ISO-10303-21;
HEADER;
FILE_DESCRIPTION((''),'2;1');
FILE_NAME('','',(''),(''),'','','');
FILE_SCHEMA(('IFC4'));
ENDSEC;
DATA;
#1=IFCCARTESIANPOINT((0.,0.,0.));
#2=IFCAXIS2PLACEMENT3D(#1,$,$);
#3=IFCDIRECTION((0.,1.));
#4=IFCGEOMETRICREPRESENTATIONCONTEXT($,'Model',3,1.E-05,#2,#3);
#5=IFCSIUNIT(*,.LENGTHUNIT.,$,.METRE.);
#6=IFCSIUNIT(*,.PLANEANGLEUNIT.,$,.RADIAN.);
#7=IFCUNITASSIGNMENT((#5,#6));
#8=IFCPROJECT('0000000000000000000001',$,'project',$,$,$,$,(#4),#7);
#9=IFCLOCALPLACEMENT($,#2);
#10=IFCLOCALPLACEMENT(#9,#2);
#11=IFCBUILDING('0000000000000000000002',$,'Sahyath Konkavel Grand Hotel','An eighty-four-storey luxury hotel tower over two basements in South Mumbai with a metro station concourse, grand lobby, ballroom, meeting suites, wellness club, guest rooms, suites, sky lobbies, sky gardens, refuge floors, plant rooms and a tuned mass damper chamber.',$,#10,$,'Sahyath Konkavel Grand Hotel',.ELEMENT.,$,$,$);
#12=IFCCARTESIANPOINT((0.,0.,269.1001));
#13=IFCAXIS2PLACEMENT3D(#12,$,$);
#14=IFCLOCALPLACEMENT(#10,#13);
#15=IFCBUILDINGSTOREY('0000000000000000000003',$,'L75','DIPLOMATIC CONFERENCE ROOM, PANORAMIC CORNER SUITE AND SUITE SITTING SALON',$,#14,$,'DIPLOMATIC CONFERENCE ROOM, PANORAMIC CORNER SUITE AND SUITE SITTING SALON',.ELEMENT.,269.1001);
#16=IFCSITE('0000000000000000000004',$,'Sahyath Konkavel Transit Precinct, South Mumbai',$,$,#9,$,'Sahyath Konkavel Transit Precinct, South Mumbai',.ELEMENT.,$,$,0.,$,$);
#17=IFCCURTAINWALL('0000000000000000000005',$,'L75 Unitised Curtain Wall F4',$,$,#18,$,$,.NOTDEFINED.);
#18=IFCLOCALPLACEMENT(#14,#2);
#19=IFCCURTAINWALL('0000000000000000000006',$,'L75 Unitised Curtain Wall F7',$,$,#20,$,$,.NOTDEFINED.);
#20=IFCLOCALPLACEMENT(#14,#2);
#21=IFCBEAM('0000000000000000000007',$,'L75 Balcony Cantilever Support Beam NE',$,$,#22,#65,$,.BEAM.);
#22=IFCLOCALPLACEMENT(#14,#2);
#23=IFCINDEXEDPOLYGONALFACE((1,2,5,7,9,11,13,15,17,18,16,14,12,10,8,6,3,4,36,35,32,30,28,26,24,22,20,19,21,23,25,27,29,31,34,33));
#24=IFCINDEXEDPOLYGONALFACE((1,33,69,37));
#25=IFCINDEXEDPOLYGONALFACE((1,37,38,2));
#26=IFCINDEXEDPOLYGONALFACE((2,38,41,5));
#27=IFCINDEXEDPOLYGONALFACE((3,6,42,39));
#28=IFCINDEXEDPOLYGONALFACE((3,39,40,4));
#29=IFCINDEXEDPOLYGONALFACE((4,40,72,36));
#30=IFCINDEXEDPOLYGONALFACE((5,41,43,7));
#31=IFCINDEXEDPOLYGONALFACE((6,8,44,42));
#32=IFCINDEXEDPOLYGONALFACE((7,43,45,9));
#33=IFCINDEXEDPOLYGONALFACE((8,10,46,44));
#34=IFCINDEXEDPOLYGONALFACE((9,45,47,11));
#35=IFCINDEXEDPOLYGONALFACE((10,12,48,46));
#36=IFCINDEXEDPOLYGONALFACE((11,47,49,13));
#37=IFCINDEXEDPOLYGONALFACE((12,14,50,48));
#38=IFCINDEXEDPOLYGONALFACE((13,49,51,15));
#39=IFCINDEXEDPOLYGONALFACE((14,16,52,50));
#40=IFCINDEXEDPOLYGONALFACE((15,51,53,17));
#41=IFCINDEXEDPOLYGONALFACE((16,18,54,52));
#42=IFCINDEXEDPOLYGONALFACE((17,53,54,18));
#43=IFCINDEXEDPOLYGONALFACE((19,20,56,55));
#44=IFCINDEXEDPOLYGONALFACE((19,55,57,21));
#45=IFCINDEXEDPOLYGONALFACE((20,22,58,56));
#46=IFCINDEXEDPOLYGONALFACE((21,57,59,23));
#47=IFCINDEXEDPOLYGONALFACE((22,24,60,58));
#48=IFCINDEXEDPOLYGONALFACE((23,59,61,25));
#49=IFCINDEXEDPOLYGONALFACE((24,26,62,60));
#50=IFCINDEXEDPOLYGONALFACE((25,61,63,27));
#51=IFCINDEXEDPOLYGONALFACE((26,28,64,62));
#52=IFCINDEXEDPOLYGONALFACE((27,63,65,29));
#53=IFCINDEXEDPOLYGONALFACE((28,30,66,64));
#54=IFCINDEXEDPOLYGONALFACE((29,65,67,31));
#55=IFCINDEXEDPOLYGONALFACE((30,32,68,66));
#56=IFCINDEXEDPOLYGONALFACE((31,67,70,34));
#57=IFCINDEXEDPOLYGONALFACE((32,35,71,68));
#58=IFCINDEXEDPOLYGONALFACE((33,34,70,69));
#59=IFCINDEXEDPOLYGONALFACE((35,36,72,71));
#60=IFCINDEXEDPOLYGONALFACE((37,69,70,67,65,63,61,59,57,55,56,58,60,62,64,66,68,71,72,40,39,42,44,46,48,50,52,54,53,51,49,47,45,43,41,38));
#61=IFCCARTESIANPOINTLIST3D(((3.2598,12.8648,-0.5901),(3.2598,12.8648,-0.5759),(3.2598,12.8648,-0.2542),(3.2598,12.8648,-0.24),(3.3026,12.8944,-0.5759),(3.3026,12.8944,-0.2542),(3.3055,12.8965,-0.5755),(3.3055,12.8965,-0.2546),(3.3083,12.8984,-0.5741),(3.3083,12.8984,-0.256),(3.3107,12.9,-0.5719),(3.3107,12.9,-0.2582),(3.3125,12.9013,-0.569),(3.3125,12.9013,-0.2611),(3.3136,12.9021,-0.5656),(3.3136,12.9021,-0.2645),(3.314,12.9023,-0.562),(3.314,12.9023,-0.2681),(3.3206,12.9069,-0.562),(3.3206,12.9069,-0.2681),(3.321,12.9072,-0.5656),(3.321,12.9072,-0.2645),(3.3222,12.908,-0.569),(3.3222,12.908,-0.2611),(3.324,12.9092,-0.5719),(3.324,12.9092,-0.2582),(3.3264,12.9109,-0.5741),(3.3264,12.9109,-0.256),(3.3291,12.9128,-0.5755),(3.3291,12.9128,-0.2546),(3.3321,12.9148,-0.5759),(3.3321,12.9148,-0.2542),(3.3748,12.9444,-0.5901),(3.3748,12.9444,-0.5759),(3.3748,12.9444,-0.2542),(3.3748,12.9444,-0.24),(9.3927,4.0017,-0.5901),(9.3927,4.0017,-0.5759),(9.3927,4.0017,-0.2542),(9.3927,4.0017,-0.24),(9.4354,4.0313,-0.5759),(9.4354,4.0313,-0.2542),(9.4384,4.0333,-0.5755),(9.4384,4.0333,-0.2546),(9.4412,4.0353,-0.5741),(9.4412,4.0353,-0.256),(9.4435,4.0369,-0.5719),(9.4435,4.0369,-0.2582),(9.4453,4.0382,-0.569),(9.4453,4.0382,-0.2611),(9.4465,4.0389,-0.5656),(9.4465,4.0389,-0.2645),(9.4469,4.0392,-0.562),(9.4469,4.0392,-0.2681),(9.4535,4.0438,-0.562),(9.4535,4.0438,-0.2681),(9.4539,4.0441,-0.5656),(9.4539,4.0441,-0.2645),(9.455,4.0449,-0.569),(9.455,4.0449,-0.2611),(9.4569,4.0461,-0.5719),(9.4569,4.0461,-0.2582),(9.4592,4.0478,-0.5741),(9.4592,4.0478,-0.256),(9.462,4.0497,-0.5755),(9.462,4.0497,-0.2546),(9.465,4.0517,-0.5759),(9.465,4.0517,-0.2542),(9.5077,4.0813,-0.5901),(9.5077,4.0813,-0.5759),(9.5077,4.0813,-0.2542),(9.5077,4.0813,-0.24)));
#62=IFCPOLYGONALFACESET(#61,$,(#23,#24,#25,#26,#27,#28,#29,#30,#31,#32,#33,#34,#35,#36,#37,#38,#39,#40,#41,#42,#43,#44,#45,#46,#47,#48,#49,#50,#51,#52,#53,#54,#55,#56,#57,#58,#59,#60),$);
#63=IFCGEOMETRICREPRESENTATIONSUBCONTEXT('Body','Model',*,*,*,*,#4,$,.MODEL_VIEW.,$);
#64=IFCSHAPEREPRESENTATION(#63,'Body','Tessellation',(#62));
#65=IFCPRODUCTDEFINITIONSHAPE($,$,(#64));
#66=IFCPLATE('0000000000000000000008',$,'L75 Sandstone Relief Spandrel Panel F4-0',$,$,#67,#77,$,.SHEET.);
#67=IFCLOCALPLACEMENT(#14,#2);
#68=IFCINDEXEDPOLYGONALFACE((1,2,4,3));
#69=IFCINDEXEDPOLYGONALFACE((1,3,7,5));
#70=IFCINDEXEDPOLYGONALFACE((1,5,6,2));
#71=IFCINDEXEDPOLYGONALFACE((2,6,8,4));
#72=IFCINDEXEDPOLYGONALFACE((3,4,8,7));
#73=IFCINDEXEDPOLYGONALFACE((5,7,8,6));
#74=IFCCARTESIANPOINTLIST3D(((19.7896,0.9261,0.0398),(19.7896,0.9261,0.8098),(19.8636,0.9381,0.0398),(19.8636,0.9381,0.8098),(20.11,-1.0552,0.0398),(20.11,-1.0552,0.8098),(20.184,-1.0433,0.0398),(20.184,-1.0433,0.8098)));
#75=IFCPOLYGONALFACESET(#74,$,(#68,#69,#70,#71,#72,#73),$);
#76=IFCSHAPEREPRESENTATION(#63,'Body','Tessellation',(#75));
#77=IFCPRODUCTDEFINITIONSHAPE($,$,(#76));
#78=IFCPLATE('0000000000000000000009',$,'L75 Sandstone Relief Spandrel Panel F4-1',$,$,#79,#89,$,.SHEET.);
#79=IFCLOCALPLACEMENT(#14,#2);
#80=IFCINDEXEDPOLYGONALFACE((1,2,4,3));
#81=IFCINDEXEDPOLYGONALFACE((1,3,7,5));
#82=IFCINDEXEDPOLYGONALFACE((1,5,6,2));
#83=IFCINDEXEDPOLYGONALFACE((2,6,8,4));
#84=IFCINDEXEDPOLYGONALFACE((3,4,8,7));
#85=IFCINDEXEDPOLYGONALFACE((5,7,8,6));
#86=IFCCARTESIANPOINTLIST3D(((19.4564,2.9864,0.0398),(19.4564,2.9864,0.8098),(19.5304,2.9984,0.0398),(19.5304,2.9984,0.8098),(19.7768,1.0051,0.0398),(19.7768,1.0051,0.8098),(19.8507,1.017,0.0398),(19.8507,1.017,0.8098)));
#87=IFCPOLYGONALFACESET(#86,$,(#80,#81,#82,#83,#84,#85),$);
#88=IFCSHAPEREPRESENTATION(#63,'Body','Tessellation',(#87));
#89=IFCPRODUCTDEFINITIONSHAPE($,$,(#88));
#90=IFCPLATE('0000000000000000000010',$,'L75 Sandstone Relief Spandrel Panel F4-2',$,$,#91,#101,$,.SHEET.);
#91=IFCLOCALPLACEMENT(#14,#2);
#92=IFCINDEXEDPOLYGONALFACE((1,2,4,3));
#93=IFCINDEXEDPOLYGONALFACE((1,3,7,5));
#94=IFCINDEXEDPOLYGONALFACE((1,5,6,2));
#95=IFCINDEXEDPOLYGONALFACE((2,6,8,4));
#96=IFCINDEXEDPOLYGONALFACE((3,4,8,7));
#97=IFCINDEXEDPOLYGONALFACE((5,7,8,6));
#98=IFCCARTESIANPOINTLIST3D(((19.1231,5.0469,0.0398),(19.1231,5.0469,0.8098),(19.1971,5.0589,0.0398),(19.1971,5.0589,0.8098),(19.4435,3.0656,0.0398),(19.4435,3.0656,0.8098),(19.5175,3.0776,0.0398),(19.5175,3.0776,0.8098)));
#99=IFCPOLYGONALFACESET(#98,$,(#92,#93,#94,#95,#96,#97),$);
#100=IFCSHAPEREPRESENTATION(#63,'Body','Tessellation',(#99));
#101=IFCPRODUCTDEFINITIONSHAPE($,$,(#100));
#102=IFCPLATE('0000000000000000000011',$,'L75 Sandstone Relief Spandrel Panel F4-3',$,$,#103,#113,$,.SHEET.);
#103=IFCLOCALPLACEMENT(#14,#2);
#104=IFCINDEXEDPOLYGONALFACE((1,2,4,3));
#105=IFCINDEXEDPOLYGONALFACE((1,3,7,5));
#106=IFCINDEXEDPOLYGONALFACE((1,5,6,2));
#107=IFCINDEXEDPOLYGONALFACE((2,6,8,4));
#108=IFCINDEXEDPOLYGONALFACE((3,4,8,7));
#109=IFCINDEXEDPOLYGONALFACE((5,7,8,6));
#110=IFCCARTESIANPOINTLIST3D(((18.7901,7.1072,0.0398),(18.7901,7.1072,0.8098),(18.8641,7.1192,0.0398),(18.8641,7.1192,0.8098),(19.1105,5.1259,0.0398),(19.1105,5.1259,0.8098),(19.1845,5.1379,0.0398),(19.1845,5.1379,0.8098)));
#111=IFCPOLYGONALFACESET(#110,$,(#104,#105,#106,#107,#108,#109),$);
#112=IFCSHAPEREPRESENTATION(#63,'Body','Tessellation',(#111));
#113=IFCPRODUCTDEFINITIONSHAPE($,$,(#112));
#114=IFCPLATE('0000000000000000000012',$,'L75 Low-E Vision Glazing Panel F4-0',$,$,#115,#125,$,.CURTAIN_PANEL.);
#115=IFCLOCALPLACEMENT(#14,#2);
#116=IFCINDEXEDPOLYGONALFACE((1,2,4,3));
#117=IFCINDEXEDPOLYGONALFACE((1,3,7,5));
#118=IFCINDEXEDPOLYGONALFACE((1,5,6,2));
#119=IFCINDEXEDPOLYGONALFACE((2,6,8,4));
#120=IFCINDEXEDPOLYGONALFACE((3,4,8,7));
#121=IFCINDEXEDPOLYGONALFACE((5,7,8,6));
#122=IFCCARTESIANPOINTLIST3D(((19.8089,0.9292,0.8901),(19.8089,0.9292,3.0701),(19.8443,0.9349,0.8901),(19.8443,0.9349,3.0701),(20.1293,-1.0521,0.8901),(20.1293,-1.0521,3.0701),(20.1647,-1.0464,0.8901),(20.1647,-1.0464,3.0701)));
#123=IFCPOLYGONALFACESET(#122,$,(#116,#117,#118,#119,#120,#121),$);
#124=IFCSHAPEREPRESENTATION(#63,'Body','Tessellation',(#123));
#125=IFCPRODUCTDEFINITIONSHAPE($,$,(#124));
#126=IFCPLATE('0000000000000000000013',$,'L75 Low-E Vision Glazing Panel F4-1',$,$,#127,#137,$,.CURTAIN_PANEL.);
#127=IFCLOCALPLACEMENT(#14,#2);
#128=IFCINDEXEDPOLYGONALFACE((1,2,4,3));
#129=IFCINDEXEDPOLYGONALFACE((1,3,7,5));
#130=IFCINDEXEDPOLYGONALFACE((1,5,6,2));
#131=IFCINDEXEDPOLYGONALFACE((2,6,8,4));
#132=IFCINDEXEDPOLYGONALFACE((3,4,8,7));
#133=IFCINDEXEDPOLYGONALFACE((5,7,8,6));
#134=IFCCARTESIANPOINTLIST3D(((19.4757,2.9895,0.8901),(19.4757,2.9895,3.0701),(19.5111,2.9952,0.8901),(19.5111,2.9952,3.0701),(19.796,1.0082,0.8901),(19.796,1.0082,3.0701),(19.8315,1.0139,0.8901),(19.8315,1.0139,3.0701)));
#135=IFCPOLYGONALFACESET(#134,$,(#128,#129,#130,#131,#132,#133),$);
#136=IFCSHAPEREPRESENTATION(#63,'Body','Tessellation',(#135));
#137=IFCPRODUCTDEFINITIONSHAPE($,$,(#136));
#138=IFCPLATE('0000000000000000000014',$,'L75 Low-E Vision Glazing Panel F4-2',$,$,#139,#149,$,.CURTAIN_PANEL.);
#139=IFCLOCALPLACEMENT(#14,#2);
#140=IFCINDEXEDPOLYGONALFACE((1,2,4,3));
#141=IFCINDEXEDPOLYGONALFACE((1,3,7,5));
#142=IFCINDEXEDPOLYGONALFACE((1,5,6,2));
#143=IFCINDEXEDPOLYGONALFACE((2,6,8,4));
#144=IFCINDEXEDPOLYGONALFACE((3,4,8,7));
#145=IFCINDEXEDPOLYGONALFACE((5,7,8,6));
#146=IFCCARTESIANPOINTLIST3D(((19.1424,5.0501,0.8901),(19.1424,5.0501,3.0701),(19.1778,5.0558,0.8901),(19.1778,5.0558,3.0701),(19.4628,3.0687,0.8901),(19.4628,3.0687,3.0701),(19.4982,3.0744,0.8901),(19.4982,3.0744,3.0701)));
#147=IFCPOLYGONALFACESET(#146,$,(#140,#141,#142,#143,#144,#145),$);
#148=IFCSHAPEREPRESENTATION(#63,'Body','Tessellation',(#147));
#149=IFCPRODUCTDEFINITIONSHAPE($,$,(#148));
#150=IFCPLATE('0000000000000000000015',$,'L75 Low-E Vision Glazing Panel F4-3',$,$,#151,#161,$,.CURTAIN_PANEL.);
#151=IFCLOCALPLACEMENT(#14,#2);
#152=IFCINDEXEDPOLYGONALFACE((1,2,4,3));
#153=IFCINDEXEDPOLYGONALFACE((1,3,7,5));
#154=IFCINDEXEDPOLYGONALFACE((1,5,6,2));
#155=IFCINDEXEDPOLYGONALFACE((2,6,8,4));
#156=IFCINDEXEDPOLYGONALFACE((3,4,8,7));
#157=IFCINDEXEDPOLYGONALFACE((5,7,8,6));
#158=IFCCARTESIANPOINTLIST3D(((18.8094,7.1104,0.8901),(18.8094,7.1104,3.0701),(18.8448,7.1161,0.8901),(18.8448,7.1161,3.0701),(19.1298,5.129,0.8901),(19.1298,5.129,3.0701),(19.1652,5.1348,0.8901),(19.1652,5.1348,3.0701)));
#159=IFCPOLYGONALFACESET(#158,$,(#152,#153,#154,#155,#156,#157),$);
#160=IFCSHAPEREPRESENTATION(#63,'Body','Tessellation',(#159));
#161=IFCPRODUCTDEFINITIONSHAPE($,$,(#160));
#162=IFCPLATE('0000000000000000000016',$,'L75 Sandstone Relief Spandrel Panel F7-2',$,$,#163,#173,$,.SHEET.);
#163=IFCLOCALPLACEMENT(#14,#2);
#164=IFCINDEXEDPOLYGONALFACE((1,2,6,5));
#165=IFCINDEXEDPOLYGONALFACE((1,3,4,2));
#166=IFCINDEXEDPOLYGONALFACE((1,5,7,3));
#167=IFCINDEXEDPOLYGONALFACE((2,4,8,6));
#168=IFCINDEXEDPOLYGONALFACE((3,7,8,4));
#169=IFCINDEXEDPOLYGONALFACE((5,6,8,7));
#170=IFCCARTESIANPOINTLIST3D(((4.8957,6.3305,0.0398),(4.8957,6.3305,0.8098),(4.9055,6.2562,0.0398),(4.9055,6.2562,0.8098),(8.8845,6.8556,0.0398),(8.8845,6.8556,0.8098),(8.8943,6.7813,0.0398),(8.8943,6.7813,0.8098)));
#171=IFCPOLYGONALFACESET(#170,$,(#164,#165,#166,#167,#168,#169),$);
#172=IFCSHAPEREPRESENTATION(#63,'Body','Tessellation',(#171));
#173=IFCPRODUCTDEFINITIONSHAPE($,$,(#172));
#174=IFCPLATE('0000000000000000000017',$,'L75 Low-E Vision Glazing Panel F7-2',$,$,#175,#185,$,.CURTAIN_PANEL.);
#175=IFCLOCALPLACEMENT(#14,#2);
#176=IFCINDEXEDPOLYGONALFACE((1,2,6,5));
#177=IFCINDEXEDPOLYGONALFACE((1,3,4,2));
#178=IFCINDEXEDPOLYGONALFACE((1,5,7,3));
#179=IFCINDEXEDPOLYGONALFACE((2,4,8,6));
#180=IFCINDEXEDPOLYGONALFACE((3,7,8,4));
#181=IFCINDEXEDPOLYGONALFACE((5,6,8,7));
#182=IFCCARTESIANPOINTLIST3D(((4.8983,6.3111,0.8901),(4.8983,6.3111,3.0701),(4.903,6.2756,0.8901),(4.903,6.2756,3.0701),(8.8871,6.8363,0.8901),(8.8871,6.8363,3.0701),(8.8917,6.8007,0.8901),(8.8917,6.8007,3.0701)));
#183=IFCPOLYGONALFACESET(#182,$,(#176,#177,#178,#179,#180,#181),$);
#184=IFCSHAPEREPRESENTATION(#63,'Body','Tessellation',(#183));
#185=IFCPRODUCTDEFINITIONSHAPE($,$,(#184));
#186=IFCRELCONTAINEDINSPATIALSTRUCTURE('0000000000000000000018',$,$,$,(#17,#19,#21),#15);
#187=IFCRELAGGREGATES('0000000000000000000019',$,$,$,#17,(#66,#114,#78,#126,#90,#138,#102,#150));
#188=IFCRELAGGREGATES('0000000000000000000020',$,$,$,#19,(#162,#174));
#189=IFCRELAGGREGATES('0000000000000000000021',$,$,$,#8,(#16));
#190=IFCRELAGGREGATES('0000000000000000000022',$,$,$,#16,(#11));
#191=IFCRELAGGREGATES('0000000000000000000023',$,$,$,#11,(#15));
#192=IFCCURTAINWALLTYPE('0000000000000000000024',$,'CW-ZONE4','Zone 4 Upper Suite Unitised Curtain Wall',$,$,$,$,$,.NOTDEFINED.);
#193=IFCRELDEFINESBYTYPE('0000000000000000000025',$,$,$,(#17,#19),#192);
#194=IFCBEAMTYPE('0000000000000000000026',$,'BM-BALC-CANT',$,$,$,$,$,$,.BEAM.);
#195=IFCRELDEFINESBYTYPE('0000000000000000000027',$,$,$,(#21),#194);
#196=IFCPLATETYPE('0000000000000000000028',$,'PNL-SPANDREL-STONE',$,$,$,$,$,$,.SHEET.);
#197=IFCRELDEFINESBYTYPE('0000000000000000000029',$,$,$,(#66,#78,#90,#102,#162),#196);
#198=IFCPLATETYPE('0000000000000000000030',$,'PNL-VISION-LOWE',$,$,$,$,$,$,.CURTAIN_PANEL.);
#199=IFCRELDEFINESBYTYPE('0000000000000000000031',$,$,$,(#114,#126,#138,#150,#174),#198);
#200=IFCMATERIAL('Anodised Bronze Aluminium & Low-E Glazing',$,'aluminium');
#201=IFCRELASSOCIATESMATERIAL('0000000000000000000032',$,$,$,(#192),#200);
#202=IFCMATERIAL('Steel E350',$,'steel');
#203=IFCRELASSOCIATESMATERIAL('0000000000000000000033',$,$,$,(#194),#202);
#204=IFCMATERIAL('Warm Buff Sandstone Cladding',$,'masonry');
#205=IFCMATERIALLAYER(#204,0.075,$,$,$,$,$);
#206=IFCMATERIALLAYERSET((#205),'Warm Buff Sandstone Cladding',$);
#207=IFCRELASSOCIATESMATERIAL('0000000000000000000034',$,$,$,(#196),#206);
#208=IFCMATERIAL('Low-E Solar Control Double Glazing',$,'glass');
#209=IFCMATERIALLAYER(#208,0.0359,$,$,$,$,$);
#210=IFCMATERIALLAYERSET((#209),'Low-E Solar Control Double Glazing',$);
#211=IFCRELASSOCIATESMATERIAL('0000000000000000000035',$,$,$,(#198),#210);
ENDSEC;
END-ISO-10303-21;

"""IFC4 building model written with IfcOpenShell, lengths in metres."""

from ifc_helpers import new_model, si_unit, direction, frame, origin, origin_2d, place, context, subcontext, project, spatial, rectangle, i_section, extrude, source, transform, mapped, material, layer, layer_set, material_profile, profile_set, type_object, element, aggregate, save


model = new_model("IFC4")

# Units and contexts
model_context = context("Model", 3, precision=1e-05, world=origin(), true_north=direction((0.0, 1.0)))
body_context = subcontext(model_context, "Body", "Model", "MODEL_VIEW")
ifc_project = project(units=[si_unit("LENGTHUNIT", "METRE"), si_unit("PLANEANGLEUNIT", "RADIAN")], contexts=[model_context])

# Site, building, storey
site_placement = place(None, origin())
site = spatial("IfcSite", under=ifc_project, at=site_placement, Name="Sahyath Konkavel Transit Precinct, South Mumbai", LongName="Sahyath Konkavel Transit Precinct, South Mumbai", CompositionType="ELEMENT", RefElevation=0.0)
building_placement = place(site_placement, origin())
building = spatial("IfcBuilding", under=site, at=building_placement, Name="Sahyath Konkavel Grand Hotel", Description="An eighty-four-storey luxury hotel tower over two basements in South Mumbai with a metro station concourse, grand lobby, ballroom, meeting suites, wellness club, guest rooms, suites, sky lobbies, sky gardens, refuge floors, plant rooms and a tuned mass damper chamber.", LongName="Sahyath Konkavel Grand Hotel", CompositionType="ELEMENT")
storey_placement = place(building_placement, frame((0.0, 0.0, 269.1001)))
storey = spatial("IfcBuildingStorey", under=building, at=storey_placement, Name="L75", Description="DIPLOMATIC CONFERENCE ROOM, PANORAMIC CORNER SUITE AND SUITE SITTING SALON", LongName="DIPLOMATIC CONFERENCE ROOM, PANORAMIC CORNER SUITE AND SUITE SITTING SALON", CompositionType="ELEMENT", Elevation=269.1001)

# Curtain wall
ifc_material_1 = material(Name="Anodised Bronze Aluminium & Low-E Glazing", Category="aluminium")
curtain_wall_type = type_object("IfcCurtainWallType", Name="CW-ZONE4", Description="Zone 4 Upper Suite Unitised Curtain Wall", PredefinedType="NOTDEFINED", material=ifc_material_1)
curtain_wall_1_placement = place(storey_placement, origin())
curtain_wall_1 = element("IfcCurtainWall", 1, at=curtain_wall_1_placement, inside=storey, type_object=curtain_wall_type, Name="L75 Unitised Curtain Wall F4", PredefinedType="NOTDEFINED")

# Curtain wall
curtain_wall_2_placement = place(storey_placement, origin())
curtain_wall_2 = element("IfcCurtainWall", 2, at=curtain_wall_2_placement, inside=storey, type_object=curtain_wall_type, Name="L75 Unitised Curtain Wall F7", PredefinedType="NOTDEFINED")

# Beam
ifc_material_2 = material(Name="Steel E350", Category="steel")
ifc_material_profile_1 = material_profile(ifc_material_2, i_section(OverallWidth=0.1399, OverallDepth=0.3501, WebThickness=0.0081, FlangeThickness=0.0142, FilletRadius=0.0139, at=origin_2d()), Name="ISMB 350")
ifc_profile_set_1 = profile_set([ifc_material_profile_1], Name="Steel E350")
beam_type = type_object("IfcBeamType", Name="BM-BALC-CANT", PredefinedType="BEAM", material=ifc_profile_set_1)
shared_shape_1 = source(origin(), body_context, "Body", "SweptSolid", [
    extrude(i_section(OverallWidth=0.1399, OverallDepth=0.3501, WebThickness=0.0081, FlangeThickness=0.0142, FilletRadius=0.0139, at=origin_2d()), origin(), (0.0, 0.0, 1.0), 10.7781),
])
beam_placement = place(storey_placement, frame((9.4502, 4.0415, -0.415), z_axis=(-0.569013, 0.822328, 0.0), x_axis=(-0.822328, -0.569013, 0.0)))
element("IfcBeam", 3, at=beam_placement, inside=storey, type_object=beam_type, Name="L75 Balcony Cantilever Support Beam NE", PredefinedType="BEAM", context=body_context, shape_type="MappedRepresentation", body=[
    mapped(shared_shape_1, transform((0.0, 0.0, 0.0), scale=1.0)),
])

# Plates
ifc_material_3 = material(Name="Warm Buff Sandstone Cladding", Category="masonry")
ifc_layer_1 = layer(ifc_material_3, 0.075)
ifc_layer_set_1 = layer_set([ifc_layer_1], Name="Warm Buff Sandstone Cladding")
plate_type_1 = type_object("IfcPlateType", Name="PNL-SPANDREL-STONE", PredefinedType="SHEET", material=ifc_layer_set_1)
shared_shape_2 = source(origin(), body_context, "Body", "SweptSolid", [
    extrude(rectangle(XDim=2.0071, YDim=0.075, at=origin_2d()), origin(), (0.0, 0.0, 1.0), 0.77),
])
plate_1_placement = place(storey_placement, frame((19.9868, -0.0586, 0.0398), z_axis=(0.0, 0.0, 1.0), x_axis=(-0.159623, 0.987178, 0.0)))
plate_1 = element("IfcPlate", 4, at=plate_1_placement, type_object=plate_type_1, Name="L75 Sandstone Relief Spandrel Panel F4-0", PredefinedType="SHEET", context=body_context, shape_type="MappedRepresentation", body=[
    mapped(shared_shape_2, transform((0.0, 0.0, 0.0), scale=1.0)),
])
plate_2_placement = place(storey_placement, frame((19.6536, 2.0017, 0.0398), z_axis=(0.0, 0.0, 1.0), x_axis=(-0.159623, 0.987178, 0.0)))
plate_2 = element("IfcPlate", 5, at=plate_2_placement, type_object=plate_type_1, Name="L75 Sandstone Relief Spandrel Panel F4-1", PredefinedType="SHEET", context=body_context, shape_type="MappedRepresentation", body=[
    mapped(shared_shape_2, transform((0.0, 0.0, 0.0), scale=1.0)),
])
plate_3_placement = place(storey_placement, frame((19.3203, 4.0623, 0.0398), z_axis=(0.0, 0.0, 1.0), x_axis=(-0.159623, 0.987178, 0.0)))
plate_3 = element("IfcPlate", 6, at=plate_3_placement, type_object=plate_type_1, Name="L75 Sandstone Relief Spandrel Panel F4-2", PredefinedType="SHEET", context=body_context, shape_type="MappedRepresentation", body=[
    mapped(shared_shape_2, transform((0.0, 0.0, 0.0), scale=1.0)),
])
plate_4_placement = place(storey_placement, frame((18.9873, 6.1226, 0.0398), z_axis=(0.0, 0.0, 1.0), x_axis=(-0.159623, 0.987178, 0.0)))
plate_4 = element("IfcPlate", 7, at=plate_4_placement, type_object=plate_type_1, Name="L75 Sandstone Relief Spandrel Panel F4-3", PredefinedType="SHEET", context=body_context, shape_type="MappedRepresentation", body=[
    mapped(shared_shape_2, transform((0.0, 0.0, 0.0), scale=1.0)),
])
ifc_material_4 = material(Name="Low-E Solar Control Double Glazing", Category="glass")
ifc_layer_2 = layer(ifc_material_4, 0.0359)
ifc_layer_set_2 = layer_set([ifc_layer_2], Name="Low-E Solar Control Double Glazing")
plate_type_2 = type_object("IfcPlateType", Name="PNL-VISION-LOWE", PredefinedType="CURTAIN_PANEL", material=ifc_layer_set_2)
shared_shape_3 = source(origin(), body_context, "Body", "SweptSolid", [
    extrude(rectangle(XDim=2.0071, YDim=0.0359, at=origin_2d()), origin(), (0.0, 0.0, 1.0), 2.1799),
])
plate_5_placement = place(storey_placement, frame((19.9868, -0.0586, 0.8901), z_axis=(0.0, 0.0, 1.0), x_axis=(-0.159623, 0.987178, 0.0)))
plate_5 = element("IfcPlate", 8, at=plate_5_placement, type_object=plate_type_2, Name="L75 Low-E Vision Glazing Panel F4-0", PredefinedType="CURTAIN_PANEL", context=body_context, shape_type="MappedRepresentation", body=[
    mapped(shared_shape_3, transform((0.0, 0.0, 0.0), scale=1.0)),
])
plate_6_placement = place(storey_placement, frame((19.6536, 2.0017, 0.8901), z_axis=(0.0, 0.0, 1.0), x_axis=(-0.159623, 0.987178, 0.0)))
plate_6 = element("IfcPlate", 9, at=plate_6_placement, type_object=plate_type_2, Name="L75 Low-E Vision Glazing Panel F4-1", PredefinedType="CURTAIN_PANEL", context=body_context, shape_type="MappedRepresentation", body=[
    mapped(shared_shape_3, transform((0.0, 0.0, 0.0), scale=1.0)),
])
plate_7_placement = place(storey_placement, frame((19.3203, 4.0623, 0.8901), z_axis=(0.0, 0.0, 1.0), x_axis=(-0.159623, 0.987178, 0.0)))
plate_7 = element("IfcPlate", 10, at=plate_7_placement, type_object=plate_type_2, Name="L75 Low-E Vision Glazing Panel F4-2", PredefinedType="CURTAIN_PANEL", context=body_context, shape_type="MappedRepresentation", body=[
    mapped(shared_shape_3, transform((0.0, 0.0, 0.0), scale=1.0)),
])
plate_8_placement = place(storey_placement, frame((18.9873, 6.1226, 0.8901), z_axis=(0.0, 0.0, 1.0), x_axis=(-0.159623, 0.987178, 0.0)))
plate_8 = element("IfcPlate", 11, at=plate_8_placement, type_object=plate_type_2, Name="L75 Low-E Vision Glazing Panel F4-3", PredefinedType="CURTAIN_PANEL", context=body_context, shape_type="MappedRepresentation", body=[
    mapped(shared_shape_3, transform((0.0, 0.0, 0.0), scale=1.0)),
])
aggregate(curtain_wall_1, [plate_1, plate_5, plate_2, plate_6, plate_3, plate_7, plate_4, plate_8])
shared_shape_4 = source(origin(), body_context, "Body", "SweptSolid", [
    extrude(rectangle(XDim=4.0232, YDim=0.075, at=origin_2d()), origin(), (0.0, 0.0, 1.0), 0.77),
])
plate_9_placement = place(storey_placement, frame((6.895, 6.5559, 0.0398), z_axis=(0.0, 0.0, 1.0), x_axis=(-0.991445, -0.130526, 0.0)))
plate_9 = element("IfcPlate", 12, at=plate_9_placement, type_object=plate_type_1, Name="L75 Sandstone Relief Spandrel Panel F7-2", PredefinedType="SHEET", context=body_context, shape_type="MappedRepresentation", body=[
    mapped(shared_shape_4, transform((0.0, 0.0, 0.0), scale=1.0)),
])
shared_shape_5 = source(origin(), body_context, "Body", "SweptSolid", [
    extrude(rectangle(XDim=4.0232, YDim=0.0359, at=origin_2d()), origin(), (0.0, 0.0, 1.0), 2.1799),
])
plate_10_placement = place(storey_placement, frame((6.895, 6.5559, 0.8901), z_axis=(0.0, 0.0, 1.0), x_axis=(-0.991445, -0.130526, 0.0)))
plate_10 = element("IfcPlate", 13, at=plate_10_placement, type_object=plate_type_2, Name="L75 Low-E Vision Glazing Panel F7-2", PredefinedType="CURTAIN_PANEL", context=body_context, shape_type="MappedRepresentation", body=[
    mapped(shared_shape_5, transform((0.0, 0.0, 0.0), scale=1.0)),
])
aggregate(curtain_wall_2, [plate_9, plate_10])

save(model, "model.ifc")
